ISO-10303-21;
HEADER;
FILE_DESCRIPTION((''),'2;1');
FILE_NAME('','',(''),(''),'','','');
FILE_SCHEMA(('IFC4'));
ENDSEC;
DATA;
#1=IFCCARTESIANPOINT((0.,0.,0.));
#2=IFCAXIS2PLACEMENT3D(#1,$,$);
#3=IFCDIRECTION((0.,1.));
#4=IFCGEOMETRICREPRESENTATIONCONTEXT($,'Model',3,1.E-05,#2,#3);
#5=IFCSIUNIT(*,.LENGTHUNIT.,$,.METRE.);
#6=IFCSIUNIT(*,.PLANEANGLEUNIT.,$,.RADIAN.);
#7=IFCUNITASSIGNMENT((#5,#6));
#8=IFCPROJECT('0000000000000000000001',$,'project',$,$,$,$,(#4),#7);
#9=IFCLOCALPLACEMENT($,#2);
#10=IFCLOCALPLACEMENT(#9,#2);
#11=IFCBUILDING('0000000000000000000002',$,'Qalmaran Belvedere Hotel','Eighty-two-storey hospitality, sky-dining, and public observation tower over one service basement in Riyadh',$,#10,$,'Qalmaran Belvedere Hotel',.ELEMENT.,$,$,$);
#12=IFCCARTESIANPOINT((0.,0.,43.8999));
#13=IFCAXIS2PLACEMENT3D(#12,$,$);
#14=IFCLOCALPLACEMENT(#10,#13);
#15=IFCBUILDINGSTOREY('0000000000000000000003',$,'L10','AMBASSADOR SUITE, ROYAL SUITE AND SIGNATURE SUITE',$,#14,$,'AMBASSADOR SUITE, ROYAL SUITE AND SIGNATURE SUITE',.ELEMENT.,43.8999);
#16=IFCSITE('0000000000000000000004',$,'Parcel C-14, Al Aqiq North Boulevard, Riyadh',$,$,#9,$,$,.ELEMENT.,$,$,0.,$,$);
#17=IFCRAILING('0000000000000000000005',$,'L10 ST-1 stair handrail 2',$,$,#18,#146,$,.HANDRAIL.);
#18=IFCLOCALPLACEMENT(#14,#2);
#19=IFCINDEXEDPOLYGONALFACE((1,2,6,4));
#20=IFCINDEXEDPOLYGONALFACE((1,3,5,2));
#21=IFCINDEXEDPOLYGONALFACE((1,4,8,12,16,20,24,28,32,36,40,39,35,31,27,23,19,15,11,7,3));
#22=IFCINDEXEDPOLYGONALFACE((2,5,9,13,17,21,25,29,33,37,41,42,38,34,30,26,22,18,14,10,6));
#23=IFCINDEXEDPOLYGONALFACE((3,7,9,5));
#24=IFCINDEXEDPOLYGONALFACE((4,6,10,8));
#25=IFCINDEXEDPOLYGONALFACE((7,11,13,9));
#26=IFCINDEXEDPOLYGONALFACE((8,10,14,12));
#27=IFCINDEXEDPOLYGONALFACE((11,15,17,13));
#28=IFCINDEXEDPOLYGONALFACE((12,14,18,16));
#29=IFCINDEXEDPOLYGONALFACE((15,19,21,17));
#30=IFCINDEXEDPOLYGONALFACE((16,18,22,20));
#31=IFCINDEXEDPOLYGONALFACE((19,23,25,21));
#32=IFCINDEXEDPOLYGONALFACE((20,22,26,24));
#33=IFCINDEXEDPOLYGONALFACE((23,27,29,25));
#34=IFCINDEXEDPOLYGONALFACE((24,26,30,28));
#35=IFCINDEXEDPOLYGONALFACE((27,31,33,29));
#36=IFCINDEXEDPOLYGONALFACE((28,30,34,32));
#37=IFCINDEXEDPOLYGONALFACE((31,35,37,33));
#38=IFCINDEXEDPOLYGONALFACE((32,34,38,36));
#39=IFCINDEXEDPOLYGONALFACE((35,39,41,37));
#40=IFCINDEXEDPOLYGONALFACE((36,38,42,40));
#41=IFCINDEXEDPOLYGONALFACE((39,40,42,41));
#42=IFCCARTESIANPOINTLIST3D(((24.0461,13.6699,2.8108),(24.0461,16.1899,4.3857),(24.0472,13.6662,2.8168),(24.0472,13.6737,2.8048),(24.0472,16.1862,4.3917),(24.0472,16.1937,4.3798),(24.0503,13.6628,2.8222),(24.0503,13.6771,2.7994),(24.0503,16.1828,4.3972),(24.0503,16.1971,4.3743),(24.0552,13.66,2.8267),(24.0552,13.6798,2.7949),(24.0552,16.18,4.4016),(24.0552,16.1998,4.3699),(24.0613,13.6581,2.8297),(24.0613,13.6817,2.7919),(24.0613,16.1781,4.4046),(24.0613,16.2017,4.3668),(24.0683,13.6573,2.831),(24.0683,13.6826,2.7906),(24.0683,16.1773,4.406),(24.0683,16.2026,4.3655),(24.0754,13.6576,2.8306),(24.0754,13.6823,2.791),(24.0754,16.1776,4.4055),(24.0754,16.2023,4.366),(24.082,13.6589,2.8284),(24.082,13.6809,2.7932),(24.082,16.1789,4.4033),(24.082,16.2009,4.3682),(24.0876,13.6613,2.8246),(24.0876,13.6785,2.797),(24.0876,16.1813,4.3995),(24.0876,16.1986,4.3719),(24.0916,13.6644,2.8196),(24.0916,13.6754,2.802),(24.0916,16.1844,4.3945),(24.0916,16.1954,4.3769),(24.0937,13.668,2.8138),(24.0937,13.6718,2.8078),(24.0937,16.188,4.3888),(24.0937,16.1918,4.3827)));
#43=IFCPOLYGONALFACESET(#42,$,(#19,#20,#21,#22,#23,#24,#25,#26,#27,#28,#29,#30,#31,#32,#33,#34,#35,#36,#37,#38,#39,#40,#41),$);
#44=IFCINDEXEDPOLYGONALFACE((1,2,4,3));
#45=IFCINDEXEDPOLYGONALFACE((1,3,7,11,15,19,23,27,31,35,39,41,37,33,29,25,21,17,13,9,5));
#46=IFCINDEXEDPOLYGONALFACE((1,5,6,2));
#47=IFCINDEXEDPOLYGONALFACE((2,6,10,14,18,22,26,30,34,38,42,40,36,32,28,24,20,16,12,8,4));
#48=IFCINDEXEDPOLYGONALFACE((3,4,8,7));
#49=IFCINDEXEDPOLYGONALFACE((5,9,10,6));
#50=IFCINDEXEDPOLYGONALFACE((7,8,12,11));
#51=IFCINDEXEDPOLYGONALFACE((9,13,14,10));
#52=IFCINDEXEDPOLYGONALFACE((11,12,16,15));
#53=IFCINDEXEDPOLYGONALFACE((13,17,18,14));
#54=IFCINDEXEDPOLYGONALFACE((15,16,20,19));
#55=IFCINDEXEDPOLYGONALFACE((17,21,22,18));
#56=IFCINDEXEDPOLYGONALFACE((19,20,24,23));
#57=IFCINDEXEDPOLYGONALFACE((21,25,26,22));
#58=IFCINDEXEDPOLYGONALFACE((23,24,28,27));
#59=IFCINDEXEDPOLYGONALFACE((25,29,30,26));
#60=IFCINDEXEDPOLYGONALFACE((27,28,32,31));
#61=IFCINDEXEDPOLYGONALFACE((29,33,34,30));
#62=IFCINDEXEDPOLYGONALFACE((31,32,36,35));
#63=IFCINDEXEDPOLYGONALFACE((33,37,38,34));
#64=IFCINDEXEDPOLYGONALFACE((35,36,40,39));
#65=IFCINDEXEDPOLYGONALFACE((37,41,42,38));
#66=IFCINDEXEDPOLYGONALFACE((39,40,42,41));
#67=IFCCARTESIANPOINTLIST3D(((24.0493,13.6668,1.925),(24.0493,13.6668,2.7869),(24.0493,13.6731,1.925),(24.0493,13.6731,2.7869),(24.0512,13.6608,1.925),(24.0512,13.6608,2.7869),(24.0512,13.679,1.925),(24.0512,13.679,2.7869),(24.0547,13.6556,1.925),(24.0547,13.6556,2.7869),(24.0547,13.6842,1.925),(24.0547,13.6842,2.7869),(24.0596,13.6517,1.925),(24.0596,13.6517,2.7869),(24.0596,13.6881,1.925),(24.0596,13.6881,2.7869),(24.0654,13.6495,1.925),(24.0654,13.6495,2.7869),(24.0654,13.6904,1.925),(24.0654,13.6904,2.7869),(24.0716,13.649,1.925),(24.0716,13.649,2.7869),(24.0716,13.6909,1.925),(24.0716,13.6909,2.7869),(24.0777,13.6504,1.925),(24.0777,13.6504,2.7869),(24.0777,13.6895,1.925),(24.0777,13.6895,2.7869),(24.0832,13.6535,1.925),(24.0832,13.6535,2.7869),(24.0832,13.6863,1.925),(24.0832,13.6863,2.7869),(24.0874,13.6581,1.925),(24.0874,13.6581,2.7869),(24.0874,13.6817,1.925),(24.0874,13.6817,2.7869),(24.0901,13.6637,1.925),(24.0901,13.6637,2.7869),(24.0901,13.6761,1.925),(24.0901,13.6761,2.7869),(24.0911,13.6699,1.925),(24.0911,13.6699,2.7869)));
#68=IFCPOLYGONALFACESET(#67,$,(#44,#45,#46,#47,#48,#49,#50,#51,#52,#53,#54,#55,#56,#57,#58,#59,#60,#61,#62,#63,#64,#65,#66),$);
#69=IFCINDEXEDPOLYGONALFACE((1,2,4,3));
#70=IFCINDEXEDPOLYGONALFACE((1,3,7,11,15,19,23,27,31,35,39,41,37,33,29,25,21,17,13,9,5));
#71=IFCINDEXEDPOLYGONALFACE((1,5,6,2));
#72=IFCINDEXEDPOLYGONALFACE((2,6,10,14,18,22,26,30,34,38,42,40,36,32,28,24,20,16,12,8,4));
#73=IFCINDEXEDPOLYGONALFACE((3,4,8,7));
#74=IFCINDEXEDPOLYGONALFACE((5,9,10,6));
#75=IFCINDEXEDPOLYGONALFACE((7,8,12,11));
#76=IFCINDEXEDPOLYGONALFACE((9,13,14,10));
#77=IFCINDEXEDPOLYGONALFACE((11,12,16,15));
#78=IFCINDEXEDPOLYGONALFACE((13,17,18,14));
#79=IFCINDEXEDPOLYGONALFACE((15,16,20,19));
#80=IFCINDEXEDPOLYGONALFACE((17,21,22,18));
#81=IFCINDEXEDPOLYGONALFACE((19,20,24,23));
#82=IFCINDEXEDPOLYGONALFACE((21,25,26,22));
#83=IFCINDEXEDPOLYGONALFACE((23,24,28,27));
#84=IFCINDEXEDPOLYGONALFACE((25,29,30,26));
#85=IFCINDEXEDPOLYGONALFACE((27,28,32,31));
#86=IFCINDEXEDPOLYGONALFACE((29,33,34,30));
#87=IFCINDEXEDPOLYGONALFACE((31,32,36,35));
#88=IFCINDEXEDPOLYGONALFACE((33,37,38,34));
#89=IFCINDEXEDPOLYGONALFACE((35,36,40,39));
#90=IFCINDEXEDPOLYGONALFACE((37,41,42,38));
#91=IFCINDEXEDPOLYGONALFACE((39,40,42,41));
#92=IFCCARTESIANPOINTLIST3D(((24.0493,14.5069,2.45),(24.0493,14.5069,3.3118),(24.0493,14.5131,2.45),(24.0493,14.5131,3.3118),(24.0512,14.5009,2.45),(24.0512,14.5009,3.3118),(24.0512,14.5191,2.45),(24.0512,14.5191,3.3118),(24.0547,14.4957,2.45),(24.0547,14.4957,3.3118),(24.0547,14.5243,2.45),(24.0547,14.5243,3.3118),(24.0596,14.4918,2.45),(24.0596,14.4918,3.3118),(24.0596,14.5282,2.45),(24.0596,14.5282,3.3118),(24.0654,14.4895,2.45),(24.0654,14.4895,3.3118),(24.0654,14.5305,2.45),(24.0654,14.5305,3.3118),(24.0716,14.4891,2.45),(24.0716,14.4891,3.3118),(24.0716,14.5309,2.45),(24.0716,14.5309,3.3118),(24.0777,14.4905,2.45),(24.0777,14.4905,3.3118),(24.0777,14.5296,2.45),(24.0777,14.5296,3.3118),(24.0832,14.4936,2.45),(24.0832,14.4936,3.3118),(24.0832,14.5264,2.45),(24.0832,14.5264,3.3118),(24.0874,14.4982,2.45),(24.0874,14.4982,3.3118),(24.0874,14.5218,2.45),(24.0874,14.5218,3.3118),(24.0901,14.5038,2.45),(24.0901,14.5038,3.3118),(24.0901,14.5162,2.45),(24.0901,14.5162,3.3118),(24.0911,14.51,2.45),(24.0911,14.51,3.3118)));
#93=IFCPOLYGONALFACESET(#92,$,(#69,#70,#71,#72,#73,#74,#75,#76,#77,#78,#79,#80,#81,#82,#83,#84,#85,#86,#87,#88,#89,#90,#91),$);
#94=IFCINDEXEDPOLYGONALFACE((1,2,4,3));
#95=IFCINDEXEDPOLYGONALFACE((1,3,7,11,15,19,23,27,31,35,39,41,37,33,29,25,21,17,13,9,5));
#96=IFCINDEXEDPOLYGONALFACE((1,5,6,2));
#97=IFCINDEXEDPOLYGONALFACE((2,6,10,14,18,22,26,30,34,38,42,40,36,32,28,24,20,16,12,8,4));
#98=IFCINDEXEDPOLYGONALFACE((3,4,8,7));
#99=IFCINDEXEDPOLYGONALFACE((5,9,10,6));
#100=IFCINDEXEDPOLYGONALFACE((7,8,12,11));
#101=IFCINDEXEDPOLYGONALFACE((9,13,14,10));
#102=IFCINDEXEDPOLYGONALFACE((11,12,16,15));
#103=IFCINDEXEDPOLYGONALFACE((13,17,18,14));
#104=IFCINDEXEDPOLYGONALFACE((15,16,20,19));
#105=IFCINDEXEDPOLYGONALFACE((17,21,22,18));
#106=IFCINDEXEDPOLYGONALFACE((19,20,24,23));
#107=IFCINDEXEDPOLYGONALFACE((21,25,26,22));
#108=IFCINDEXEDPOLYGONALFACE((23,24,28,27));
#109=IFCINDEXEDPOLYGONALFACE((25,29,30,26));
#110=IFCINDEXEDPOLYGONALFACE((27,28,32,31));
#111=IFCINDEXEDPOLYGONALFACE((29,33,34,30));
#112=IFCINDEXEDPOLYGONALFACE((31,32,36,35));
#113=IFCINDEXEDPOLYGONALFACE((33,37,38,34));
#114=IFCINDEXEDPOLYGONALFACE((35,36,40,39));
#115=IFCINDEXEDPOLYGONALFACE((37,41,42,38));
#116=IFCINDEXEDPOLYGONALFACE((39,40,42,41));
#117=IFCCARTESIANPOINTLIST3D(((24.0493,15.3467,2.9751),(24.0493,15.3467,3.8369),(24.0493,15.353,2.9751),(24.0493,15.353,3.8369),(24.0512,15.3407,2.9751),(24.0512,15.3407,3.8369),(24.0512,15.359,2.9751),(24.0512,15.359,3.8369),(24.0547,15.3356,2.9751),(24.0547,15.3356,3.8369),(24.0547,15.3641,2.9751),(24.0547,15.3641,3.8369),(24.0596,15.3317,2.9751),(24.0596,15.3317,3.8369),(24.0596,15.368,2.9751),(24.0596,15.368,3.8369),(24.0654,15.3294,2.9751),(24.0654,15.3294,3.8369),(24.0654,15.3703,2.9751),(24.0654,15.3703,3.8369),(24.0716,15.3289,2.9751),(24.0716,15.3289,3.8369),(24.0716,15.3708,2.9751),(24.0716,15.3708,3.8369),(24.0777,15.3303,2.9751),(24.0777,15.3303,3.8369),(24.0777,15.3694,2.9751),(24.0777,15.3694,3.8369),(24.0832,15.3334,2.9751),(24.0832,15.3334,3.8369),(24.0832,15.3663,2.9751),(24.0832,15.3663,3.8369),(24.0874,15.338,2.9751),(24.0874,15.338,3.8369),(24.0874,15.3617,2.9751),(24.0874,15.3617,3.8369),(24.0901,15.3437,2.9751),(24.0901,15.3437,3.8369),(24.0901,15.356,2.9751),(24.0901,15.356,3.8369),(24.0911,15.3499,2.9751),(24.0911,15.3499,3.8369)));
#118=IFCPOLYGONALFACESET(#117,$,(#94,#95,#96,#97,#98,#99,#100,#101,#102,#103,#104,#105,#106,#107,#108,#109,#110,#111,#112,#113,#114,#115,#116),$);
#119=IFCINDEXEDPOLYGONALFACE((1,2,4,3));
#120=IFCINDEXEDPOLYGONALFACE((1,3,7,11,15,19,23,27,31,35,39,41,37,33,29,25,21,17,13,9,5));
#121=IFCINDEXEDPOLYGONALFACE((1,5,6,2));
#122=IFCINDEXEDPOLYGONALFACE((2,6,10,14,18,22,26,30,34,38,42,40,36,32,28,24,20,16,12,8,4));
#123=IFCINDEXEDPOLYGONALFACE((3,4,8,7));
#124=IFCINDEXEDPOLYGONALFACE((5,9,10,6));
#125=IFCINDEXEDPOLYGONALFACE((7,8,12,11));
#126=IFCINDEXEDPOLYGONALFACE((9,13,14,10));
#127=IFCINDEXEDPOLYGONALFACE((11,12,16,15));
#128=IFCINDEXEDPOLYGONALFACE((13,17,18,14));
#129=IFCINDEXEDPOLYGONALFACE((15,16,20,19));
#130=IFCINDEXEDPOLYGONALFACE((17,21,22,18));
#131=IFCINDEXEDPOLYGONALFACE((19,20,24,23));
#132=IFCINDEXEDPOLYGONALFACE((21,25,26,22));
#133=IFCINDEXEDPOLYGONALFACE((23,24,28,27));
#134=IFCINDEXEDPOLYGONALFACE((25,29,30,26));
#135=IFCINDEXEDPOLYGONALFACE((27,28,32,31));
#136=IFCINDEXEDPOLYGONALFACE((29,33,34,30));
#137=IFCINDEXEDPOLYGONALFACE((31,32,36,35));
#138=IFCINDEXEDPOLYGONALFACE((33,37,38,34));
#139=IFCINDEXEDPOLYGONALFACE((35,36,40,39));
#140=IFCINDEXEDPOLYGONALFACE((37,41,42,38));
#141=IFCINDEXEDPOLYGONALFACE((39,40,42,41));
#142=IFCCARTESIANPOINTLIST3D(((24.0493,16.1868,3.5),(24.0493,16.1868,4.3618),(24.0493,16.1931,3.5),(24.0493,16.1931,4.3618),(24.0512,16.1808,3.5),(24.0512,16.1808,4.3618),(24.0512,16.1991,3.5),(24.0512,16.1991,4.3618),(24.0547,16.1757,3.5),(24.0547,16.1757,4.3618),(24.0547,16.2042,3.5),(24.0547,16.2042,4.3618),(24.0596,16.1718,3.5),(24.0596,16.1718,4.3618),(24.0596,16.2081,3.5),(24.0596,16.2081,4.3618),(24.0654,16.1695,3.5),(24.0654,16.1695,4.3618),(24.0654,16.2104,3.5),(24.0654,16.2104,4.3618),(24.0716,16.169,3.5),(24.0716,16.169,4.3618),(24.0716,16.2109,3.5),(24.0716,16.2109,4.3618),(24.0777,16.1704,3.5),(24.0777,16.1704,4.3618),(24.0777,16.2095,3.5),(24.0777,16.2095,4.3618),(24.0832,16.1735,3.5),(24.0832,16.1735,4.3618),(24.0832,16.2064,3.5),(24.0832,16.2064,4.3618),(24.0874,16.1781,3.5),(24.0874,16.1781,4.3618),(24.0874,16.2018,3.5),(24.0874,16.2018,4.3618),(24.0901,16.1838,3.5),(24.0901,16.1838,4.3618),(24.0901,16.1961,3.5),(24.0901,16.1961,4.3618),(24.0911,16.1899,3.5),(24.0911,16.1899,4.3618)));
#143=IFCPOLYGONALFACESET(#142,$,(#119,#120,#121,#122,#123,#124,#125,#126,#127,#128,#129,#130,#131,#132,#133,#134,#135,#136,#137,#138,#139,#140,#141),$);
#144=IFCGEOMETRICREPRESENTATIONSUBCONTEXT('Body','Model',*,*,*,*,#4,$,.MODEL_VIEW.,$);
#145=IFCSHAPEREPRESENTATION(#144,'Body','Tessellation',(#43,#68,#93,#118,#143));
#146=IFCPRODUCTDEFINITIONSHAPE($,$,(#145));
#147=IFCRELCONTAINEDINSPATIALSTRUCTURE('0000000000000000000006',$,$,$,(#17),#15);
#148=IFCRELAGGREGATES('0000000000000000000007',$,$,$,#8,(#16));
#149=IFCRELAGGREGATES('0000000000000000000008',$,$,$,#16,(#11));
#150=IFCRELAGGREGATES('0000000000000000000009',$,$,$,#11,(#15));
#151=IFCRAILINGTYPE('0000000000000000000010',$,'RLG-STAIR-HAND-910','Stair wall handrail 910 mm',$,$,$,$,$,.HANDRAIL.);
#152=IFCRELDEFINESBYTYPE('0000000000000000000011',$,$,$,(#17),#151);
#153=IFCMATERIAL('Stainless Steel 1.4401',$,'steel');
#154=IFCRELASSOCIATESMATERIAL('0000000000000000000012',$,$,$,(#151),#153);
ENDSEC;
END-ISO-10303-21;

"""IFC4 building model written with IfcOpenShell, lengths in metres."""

from ifc_helpers import new_model, si_unit, direction, frame, origin, origin_2d, place, context, subcontext, project, spatial, circle, extrude, material, type_object, element, save


model = new_model("IFC4")

# Units and contexts
model_context = context("Model", 3, precision=1e-05, world=origin(), true_north=direction((0.0, 1.0)))
body_context = subcontext(model_context, "Body", "Model", "MODEL_VIEW")
ifc_project = project(units=[si_unit("LENGTHUNIT", "METRE"), si_unit("PLANEANGLEUNIT", "RADIAN")], contexts=[model_context])

# Site, building, storey
site_placement = place(None, origin())
site = spatial("IfcSite", under=ifc_project, at=site_placement, Name="Parcel C-14, Al Aqiq North Boulevard, Riyadh", CompositionType="ELEMENT", RefElevation=0.0)
building_placement = place(site_placement, origin())
building = spatial("IfcBuilding", under=site, at=building_placement, Name="Qalmaran Belvedere Hotel", Description="Eighty-two-storey hospitality, sky-dining, and public observation tower over one service basement in Riyadh", LongName="Qalmaran Belvedere Hotel", CompositionType="ELEMENT")
storey_placement = place(building_placement, frame((0.0, 0.0, 43.8999)))
storey = spatial("IfcBuildingStorey", under=building, at=storey_placement, Name="L10", Description="AMBASSADOR SUITE, ROYAL SUITE AND SIGNATURE SUITE", LongName="AMBASSADOR SUITE, ROYAL SUITE AND SIGNATURE SUITE", CompositionType="ELEMENT", Elevation=43.8999)

# Railing
ifc_material_1 = material(Name="Stainless Steel 1.4401", Category="steel")
railing_type_1 = type_object("IfcRailingType", Name="RLG-STAIR-HAND-910", Description="Stair wall handrail 910 mm", PredefinedType="HANDRAIL", material=ifc_material_1)
railing_1_placement = place(storey_placement, frame((24.0701, 13.6699, 1.925)))
element("IfcRailing", 1, at=railing_1_placement, inside=storey, type_object=railing_type_1, Name="L10 ST-1 stair handrail 2", PredefinedType="HANDRAIL", context=body_context, shape_type="SweptSolid", body=[
    extrude(circle(Radius=0.0239, at=origin_2d()), frame((0.0, 0.0, 0.8857), z_axis=(0.0, 0.848008, 0.529984), x_axis=(-1.0, 0.0, 0.0)), (0.0, 0.0, 1.0), 2.9717),
    extrude(circle(Radius=0.021, at=origin_2d()), origin(), (0.0, 0.0, 1.0), 0.8618),
    extrude(circle(Radius=0.021, at=origin_2d()), frame((0.0, 0.8401, 0.5249)), (0.0, 0.0, 1.0), 0.8618),
    extrude(circle(Radius=0.021, at=origin_2d()), frame((0.0, 1.6799, 1.05)), (0.0, 0.0, 1.0), 0.8618),
    extrude(circle(Radius=0.021, at=origin_2d()), frame((0.0, 2.52, 1.575)), (0.0, 0.0, 1.0), 0.8618),
])

save(model, "model.ifc")
